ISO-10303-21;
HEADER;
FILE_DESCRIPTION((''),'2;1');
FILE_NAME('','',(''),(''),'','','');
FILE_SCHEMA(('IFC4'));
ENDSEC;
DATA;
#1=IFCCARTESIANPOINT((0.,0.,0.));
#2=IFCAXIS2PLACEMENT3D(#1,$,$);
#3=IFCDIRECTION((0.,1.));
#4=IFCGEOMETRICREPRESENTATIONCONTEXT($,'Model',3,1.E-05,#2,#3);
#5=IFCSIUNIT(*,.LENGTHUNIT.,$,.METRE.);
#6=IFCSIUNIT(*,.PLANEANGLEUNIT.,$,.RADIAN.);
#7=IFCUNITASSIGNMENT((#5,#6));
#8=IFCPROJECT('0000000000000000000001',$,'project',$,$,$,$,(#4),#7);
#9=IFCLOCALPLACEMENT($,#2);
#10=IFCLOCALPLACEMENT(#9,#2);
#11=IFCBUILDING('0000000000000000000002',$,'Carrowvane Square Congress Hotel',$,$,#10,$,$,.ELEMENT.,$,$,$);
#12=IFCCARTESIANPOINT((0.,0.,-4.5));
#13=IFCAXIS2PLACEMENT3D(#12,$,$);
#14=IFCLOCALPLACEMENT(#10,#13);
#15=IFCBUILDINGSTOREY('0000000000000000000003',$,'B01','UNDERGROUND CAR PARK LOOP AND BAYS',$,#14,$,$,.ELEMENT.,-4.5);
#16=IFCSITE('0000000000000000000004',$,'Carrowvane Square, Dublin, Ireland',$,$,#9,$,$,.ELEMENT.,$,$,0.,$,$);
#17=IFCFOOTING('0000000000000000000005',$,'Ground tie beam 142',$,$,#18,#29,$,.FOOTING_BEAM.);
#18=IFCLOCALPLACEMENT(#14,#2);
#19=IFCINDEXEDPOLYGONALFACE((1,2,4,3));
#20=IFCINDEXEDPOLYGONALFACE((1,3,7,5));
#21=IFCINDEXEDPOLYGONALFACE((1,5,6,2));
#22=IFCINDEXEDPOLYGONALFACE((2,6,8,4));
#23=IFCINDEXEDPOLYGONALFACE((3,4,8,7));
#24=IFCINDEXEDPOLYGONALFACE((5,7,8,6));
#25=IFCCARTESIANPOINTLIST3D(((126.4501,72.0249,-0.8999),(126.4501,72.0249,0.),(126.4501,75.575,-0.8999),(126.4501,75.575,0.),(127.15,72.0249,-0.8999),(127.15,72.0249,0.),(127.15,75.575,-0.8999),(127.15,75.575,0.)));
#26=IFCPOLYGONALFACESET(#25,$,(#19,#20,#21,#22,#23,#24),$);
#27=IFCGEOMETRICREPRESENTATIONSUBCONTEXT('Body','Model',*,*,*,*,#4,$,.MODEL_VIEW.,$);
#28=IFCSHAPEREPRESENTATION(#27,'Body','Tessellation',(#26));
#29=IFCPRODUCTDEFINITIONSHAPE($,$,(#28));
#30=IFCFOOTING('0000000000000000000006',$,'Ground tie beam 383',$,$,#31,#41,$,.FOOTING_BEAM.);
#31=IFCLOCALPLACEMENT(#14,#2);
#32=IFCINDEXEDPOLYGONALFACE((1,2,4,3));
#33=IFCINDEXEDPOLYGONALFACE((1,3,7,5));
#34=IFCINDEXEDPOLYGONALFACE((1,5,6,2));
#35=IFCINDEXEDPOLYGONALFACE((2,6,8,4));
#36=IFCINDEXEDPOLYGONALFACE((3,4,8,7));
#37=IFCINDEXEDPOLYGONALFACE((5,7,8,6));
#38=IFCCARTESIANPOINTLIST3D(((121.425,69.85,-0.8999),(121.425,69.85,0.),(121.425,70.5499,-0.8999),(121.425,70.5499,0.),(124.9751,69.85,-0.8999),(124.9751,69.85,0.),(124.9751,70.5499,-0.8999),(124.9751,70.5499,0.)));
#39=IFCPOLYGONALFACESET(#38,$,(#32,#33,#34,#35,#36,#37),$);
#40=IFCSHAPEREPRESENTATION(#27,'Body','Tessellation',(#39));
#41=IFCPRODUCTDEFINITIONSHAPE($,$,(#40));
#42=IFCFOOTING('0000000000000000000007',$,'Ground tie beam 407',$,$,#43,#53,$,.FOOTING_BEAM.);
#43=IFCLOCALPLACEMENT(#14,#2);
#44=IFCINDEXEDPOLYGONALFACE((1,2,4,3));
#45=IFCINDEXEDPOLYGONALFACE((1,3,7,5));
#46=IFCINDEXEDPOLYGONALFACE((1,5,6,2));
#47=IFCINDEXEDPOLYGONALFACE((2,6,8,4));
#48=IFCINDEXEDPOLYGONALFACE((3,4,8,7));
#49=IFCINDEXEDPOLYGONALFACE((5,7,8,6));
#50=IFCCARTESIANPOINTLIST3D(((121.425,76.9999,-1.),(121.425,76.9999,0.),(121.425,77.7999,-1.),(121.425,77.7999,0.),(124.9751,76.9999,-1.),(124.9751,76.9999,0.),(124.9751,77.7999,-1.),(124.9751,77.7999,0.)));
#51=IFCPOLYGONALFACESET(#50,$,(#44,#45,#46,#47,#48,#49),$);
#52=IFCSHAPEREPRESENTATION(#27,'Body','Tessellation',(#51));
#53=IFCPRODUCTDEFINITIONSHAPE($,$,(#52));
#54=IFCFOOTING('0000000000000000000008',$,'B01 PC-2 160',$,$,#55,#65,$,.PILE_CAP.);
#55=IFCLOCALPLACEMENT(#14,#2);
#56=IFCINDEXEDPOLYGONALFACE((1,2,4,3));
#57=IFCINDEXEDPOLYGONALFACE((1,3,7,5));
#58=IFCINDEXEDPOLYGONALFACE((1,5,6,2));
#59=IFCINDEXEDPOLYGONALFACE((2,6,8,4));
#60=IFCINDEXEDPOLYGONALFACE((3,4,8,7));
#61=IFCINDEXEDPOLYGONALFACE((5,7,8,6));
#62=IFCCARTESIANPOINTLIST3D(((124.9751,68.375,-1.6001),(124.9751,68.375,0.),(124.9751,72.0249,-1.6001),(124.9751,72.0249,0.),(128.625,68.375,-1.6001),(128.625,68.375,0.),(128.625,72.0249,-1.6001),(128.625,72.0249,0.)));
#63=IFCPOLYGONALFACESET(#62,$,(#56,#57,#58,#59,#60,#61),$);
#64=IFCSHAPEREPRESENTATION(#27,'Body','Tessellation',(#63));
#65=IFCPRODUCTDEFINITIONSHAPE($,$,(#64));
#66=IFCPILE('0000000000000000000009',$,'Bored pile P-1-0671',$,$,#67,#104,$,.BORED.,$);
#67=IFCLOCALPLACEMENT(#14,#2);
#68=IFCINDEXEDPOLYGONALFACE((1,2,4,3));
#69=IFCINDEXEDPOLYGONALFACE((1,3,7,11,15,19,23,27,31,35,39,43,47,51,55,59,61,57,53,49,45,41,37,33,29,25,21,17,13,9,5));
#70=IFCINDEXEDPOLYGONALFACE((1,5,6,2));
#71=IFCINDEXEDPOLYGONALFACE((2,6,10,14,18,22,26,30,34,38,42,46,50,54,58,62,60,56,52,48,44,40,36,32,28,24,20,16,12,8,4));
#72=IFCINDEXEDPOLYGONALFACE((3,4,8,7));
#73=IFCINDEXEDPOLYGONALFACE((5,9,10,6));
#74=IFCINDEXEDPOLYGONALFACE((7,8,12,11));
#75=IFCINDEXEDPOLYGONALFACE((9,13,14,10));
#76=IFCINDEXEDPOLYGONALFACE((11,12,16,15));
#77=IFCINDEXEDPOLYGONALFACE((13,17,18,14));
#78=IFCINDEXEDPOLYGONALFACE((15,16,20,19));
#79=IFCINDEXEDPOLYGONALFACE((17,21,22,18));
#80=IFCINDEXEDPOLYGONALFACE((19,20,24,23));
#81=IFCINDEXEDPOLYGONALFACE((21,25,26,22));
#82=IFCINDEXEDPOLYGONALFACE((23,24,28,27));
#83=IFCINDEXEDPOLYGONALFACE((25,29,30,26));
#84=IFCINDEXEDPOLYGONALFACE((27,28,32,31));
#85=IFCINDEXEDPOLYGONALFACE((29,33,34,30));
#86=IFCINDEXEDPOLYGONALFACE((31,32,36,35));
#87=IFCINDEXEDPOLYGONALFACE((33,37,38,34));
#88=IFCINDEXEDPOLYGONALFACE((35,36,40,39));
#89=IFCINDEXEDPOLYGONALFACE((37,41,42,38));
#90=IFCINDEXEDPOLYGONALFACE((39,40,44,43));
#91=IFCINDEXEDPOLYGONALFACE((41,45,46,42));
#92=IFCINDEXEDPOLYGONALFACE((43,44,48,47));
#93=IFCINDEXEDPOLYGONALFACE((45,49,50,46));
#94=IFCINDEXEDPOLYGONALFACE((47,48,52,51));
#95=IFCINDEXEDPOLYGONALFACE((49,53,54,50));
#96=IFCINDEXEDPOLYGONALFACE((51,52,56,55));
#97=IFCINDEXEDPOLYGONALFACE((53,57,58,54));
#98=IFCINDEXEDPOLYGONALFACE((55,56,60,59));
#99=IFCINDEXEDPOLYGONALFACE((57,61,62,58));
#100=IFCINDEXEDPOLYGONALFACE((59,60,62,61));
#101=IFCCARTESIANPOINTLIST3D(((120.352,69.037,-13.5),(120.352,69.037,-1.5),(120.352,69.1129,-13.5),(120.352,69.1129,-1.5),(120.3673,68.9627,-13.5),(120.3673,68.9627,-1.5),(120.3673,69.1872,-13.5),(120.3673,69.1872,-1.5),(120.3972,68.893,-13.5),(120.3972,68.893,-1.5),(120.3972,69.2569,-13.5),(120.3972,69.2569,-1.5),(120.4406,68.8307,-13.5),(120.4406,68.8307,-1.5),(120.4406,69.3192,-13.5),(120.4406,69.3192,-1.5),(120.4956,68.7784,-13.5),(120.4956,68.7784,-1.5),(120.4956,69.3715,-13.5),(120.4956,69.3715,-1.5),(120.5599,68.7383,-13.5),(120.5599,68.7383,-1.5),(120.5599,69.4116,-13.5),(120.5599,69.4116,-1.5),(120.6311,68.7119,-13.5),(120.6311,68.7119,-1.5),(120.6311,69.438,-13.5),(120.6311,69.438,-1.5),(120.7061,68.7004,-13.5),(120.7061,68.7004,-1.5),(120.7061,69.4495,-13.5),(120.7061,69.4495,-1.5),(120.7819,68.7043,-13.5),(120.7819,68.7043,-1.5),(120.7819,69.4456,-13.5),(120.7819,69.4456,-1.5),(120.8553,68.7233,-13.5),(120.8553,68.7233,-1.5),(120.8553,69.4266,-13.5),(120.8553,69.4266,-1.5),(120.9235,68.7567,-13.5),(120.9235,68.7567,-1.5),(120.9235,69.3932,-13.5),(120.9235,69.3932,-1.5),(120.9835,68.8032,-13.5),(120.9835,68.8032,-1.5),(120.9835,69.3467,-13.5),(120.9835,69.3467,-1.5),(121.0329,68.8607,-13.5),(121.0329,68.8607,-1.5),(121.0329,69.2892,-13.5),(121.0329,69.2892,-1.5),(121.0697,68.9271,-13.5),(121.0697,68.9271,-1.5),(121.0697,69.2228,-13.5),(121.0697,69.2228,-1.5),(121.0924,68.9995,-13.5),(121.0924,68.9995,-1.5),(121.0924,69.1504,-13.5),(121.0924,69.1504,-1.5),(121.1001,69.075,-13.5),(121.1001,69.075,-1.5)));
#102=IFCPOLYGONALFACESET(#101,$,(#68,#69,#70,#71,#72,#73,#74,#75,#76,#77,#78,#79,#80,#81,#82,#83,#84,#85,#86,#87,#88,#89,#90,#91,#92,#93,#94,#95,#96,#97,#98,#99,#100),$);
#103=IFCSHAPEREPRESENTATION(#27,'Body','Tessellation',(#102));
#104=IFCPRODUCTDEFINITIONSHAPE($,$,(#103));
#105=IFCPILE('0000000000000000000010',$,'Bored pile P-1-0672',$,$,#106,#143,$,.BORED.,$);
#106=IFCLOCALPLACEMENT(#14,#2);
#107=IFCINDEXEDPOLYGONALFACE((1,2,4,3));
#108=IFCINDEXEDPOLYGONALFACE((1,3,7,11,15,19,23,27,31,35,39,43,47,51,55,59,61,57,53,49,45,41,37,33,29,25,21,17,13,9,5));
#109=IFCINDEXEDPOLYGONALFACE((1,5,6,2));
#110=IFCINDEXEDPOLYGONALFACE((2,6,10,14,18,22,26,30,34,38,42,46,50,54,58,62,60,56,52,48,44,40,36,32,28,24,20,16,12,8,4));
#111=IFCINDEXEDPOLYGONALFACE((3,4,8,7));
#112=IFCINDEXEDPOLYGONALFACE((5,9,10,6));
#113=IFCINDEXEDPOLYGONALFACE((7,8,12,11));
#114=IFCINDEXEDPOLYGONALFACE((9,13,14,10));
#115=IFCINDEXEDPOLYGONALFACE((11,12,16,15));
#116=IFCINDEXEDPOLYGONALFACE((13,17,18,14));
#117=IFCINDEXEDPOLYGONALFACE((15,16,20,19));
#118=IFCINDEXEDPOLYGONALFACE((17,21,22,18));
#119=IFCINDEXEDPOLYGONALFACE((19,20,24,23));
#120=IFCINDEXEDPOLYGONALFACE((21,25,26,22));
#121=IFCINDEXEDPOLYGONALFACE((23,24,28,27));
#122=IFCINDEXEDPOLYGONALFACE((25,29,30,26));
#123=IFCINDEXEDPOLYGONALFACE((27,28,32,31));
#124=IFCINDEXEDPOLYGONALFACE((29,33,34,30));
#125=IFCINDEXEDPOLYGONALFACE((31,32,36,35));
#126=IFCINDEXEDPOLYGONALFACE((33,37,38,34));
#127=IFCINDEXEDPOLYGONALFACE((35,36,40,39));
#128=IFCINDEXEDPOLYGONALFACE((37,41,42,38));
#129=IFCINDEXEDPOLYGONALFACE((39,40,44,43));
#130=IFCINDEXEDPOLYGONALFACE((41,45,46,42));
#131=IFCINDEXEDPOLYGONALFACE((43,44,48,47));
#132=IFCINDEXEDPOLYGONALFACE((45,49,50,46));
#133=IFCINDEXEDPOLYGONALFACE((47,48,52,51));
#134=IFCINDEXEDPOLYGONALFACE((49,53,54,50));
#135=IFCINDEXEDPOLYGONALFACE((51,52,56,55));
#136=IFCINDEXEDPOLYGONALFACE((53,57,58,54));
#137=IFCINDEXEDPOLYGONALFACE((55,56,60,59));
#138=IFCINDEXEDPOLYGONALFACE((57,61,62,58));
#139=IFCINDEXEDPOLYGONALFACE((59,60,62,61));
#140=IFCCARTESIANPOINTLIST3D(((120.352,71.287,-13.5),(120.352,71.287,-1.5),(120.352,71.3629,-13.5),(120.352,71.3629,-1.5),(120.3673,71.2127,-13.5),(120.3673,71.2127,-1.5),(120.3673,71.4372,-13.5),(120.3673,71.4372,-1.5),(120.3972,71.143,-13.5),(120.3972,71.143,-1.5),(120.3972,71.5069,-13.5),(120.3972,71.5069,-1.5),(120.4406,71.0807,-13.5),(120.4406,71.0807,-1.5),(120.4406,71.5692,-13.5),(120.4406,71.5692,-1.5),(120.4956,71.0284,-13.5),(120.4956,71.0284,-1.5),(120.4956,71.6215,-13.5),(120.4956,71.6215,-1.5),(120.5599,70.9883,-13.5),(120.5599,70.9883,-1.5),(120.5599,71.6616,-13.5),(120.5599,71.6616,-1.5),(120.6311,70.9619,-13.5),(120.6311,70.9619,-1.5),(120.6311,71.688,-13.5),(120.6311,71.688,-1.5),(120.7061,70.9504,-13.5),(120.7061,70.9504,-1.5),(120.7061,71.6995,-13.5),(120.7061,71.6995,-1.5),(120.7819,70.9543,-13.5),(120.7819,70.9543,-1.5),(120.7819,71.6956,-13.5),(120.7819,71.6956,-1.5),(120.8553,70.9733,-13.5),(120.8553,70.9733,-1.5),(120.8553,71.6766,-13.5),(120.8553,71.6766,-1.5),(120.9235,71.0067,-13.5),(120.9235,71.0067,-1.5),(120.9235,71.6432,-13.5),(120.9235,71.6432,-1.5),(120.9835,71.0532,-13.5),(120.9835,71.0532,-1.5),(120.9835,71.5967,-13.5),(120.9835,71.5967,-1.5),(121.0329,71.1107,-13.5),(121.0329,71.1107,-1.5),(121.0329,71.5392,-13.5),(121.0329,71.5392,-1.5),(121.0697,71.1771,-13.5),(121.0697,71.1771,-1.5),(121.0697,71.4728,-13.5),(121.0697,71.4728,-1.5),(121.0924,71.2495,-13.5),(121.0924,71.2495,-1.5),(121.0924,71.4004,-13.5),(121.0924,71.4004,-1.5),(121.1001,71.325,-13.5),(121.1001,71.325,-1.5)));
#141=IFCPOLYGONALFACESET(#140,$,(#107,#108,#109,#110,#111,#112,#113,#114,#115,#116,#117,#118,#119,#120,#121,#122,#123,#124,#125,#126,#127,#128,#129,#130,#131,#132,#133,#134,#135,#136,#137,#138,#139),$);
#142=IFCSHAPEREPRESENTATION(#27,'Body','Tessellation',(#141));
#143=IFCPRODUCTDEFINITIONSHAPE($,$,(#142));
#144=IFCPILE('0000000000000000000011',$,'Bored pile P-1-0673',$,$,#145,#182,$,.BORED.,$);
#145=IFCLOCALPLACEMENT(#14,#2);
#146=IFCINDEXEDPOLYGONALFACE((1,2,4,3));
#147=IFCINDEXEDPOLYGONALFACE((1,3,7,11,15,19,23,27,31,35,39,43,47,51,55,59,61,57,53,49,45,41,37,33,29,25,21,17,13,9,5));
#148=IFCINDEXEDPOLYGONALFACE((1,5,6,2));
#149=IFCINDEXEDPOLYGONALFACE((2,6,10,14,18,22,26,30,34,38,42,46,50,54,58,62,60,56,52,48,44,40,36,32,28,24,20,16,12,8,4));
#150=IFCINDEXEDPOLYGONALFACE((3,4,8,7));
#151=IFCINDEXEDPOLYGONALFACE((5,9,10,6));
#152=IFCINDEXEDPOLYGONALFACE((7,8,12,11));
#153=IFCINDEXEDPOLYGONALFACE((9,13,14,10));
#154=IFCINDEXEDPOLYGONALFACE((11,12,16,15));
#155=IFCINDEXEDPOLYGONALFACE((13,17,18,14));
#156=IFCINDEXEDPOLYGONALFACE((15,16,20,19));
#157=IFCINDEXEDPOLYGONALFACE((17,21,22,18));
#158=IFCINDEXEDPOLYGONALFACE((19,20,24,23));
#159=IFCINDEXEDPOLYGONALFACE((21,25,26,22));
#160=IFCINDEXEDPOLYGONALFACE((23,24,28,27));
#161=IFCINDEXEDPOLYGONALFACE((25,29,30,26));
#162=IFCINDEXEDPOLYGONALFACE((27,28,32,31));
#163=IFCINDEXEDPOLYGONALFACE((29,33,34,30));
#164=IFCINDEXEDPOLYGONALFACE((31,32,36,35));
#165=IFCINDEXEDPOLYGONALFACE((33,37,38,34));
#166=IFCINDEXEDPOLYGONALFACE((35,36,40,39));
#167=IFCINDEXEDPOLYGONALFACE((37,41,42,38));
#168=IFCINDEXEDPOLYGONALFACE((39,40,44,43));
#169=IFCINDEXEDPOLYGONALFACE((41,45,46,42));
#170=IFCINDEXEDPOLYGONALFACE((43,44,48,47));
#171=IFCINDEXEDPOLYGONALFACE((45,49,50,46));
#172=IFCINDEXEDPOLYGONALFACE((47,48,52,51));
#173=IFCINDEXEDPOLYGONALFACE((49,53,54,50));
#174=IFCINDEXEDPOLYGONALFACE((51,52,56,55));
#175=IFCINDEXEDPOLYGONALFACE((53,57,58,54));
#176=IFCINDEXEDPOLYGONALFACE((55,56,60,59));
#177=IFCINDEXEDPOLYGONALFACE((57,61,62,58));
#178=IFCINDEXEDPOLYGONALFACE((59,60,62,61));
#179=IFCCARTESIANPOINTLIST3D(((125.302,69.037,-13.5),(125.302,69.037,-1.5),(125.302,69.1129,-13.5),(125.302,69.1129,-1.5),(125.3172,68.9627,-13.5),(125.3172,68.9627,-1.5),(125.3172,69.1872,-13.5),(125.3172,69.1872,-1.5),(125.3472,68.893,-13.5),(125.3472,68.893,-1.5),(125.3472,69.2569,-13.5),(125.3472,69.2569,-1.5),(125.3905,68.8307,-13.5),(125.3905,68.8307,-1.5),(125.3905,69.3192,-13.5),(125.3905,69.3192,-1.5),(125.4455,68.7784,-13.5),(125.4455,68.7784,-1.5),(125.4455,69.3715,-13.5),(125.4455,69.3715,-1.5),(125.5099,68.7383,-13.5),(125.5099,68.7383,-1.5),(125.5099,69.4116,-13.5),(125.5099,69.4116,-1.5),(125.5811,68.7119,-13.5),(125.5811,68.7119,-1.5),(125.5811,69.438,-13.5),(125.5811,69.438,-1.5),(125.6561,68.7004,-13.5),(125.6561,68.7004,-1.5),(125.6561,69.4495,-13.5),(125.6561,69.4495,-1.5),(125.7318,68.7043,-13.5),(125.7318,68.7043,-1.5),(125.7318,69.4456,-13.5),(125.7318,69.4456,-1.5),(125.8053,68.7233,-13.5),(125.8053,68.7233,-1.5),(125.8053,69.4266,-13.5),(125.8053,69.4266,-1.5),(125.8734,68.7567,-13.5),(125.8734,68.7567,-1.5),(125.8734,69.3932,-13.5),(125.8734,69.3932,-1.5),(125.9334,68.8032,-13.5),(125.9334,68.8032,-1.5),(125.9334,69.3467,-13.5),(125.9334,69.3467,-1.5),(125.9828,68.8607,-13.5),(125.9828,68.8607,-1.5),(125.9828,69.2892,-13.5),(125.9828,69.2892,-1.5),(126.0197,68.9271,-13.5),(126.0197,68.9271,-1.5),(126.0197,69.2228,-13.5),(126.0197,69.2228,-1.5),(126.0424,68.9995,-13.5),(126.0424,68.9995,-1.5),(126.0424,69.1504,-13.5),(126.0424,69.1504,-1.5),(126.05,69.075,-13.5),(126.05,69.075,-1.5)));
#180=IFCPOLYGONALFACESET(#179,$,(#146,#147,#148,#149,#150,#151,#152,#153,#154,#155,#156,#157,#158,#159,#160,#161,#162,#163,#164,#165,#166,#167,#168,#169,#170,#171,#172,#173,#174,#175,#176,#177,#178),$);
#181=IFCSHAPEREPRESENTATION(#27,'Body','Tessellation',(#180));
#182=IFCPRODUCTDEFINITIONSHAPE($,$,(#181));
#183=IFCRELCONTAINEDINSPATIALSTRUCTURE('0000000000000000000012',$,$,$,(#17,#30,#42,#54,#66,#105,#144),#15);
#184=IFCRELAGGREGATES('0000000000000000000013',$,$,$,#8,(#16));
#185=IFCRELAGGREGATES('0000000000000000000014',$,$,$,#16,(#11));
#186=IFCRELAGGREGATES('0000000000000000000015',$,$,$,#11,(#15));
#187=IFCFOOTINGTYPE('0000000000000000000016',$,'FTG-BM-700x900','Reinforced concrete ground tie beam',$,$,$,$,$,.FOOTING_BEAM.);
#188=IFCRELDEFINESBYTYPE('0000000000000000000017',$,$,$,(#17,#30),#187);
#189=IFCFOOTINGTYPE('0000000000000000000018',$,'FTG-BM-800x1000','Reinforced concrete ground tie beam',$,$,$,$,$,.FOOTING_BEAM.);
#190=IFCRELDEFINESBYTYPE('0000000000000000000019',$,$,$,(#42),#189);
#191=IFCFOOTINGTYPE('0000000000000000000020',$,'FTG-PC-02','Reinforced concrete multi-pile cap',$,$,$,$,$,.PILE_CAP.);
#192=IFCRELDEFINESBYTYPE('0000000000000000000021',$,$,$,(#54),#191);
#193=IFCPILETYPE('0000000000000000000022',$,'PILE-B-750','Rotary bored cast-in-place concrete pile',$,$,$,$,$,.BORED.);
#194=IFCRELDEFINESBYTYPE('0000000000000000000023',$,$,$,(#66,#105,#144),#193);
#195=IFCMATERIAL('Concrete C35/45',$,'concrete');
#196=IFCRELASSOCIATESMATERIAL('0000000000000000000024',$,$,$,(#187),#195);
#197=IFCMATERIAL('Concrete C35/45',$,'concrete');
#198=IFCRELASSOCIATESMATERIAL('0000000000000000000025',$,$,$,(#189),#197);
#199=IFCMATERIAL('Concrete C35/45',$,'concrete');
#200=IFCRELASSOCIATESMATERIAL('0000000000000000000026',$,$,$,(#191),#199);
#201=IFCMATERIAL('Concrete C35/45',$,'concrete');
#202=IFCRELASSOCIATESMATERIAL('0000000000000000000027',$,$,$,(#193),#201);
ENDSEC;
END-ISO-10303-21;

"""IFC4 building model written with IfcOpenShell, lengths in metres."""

from ifc_helpers import new_model, si_unit, direction, frame, origin, origin_2d, place, context, subcontext, project, spatial, rectangle, circle, extrude, material, material_profile, profile_set, type_object, element, save


model = new_model("IFC4")

# Units and contexts
model_context = context("Model", 3, precision=1e-05, world=origin(), true_north=direction((0.0, 1.0)))
body_context = subcontext(model_context, "Body", "Model", "MODEL_VIEW")
ifc_project = project(units=[si_unit("LENGTHUNIT", "METRE"), si_unit("PLANEANGLEUNIT", "RADIAN")], contexts=[model_context])

# Site, building, storey
site_placement = place(None, origin())
site = spatial("IfcSite", under=ifc_project, at=site_placement, Name="Carrowvane Square, Dublin, Ireland", CompositionType="ELEMENT", RefElevation=0.0)
building_placement = place(site_placement, origin())
building = spatial("IfcBuilding", under=site, at=building_placement, Name="Carrowvane Square Congress Hotel", CompositionType="ELEMENT")
storey_placement = place(building_placement, frame((0.0, 0.0, -4.5)))
storey = spatial("IfcBuildingStorey", under=building, at=storey_placement, Name="B01", Description="UNDERGROUND CAR PARK LOOP AND BAYS", CompositionType="ELEMENT", Elevation=-4.5)

# Footings
ifc_material_1 = material(Name="Concrete C35/45", Category="concrete")
ifc_material_profile_1 = material_profile(ifc_material_1, rectangle(XDim=0.7, YDim=0.8999, at=origin_2d()), Name="RC 700x900")
ifc_profile_set_1 = profile_set([ifc_material_profile_1], Name="Concrete C35/45")
footing_type_1 = type_object("IfcFootingType", Name="FTG-BM-700x900", Description="Reinforced concrete ground tie beam", PredefinedType="FOOTING_BEAM", material=ifc_profile_set_1)
for number, where, z_axis, x_axis, name in (
    (1, (126.8, 72.0249, -0.45), (0.0, 1.0, 0.0), (-1.0, 0.0, 0.0), "Ground tie beam 142"),
    (2, (121.425, 70.2, -0.45), (1.0, 0.0, 0.0), (0.0, 1.0, 0.0), "Ground tie beam 383"),
):
    element("IfcFooting", number, at=place(storey_placement, frame(where, z_axis=z_axis, x_axis=x_axis)), inside=storey, type_object=footing_type_1, Name=name, PredefinedType="FOOTING_BEAM", context=body_context, shape_type="SweptSolid", body=[
        extrude(rectangle(XDim=0.7, YDim=0.8999, at=origin_2d()), origin(), (0.0, 0.0, 1.0), 3.55),
    ])
ifc_material_2 = material(Name="Concrete C35/45", Category="concrete")
ifc_material_profile_2 = material_profile(ifc_material_2, rectangle(XDim=0.8, YDim=1.0, at=origin_2d()), Name="RC 800x1000")
ifc_profile_set_2 = profile_set([ifc_material_profile_2], Name="Concrete C35/45")
footing_type_2 = type_object("IfcFootingType", Name="FTG-BM-800x1000", Description="Reinforced concrete ground tie beam", PredefinedType="FOOTING_BEAM", material=ifc_profile_set_2)
footing_1_placement = place(storey_placement, frame((121.425, 77.3999, -0.5), z_axis=(1.0, 0.0, 0.0), x_axis=(0.0, 1.0, 0.0)))
element("IfcFooting", 3, at=footing_1_placement, inside=storey, type_object=footing_type_2, Name="Ground tie beam 407", PredefinedType="FOOTING_BEAM", context=body_context, shape_type="SweptSolid", body=[
    extrude(rectangle(XDim=0.8, YDim=1.0, at=origin_2d()), origin(), (0.0, 0.0, 1.0), 3.55),
])
ifc_material_3 = material(Name="Concrete C35/45", Category="concrete")
footing_type_3 = type_object("IfcFootingType", Name="FTG-PC-02", Description="Reinforced concrete multi-pile cap", PredefinedType="PILE_CAP", material=ifc_material_3)
footing_2_placement = place(storey_placement, frame((126.8, 70.2, -1.6001), z_axis=(0.0, 0.0, 1.0), x_axis=(1.0, 0.0, 0.0)))
element("IfcFooting", 4, at=footing_2_placement, inside=storey, type_object=footing_type_3, Name="B01 PC-2 160", PredefinedType="PILE_CAP", context=body_context, shape_type="SweptSolid", body=[
    extrude(rectangle(XDim=3.6499, YDim=3.6499, at=origin_2d()), origin(), (0.0, 0.0, 1.0), 1.6001),
])

# Piles
ifc_material_4 = material(Name="Concrete C35/45", Category="concrete")
ifc_material_profile_3 = material_profile(ifc_material_4, circle(Radius=0.375, at=origin_2d()), Name="PILE D750")
ifc_profile_set_3 = profile_set([ifc_material_profile_3], Name="Concrete C35/45")
pile_type = type_object("IfcPileType", Name="PILE-B-750", Description="Rotary bored cast-in-place concrete pile", PredefinedType="BORED", material=ifc_profile_set_3)
for number, where, z_axis, x_axis, name in (
    (5, (120.7251, 69.075, -1.5), (0.0, 0.0, -1.0), (1.0, 0.0, 0.0), "Bored pile P-1-0671"),
    (6, (120.7251, 71.325, -1.5), (0.0, 0.0, -1.0), (1.0, 0.0, 0.0), "Bored pile P-1-0672"),
    (7, (125.675, 69.075, -1.5), (0.0, 0.0, -1.0), (1.0, 0.0, 0.0), "Bored pile P-1-0673"),
):
    element("IfcPile", number, at=place(storey_placement, frame(where, z_axis=z_axis, x_axis=x_axis)), inside=storey, type_object=pile_type, Name=name, PredefinedType="BORED", context=body_context, shape_type="SweptSolid", body=[
        extrude(circle(Radius=0.375, at=origin_2d()), origin(), (0.0, 0.0, 1.0), 12.0),
    ])

save(model, "model.ifc")
